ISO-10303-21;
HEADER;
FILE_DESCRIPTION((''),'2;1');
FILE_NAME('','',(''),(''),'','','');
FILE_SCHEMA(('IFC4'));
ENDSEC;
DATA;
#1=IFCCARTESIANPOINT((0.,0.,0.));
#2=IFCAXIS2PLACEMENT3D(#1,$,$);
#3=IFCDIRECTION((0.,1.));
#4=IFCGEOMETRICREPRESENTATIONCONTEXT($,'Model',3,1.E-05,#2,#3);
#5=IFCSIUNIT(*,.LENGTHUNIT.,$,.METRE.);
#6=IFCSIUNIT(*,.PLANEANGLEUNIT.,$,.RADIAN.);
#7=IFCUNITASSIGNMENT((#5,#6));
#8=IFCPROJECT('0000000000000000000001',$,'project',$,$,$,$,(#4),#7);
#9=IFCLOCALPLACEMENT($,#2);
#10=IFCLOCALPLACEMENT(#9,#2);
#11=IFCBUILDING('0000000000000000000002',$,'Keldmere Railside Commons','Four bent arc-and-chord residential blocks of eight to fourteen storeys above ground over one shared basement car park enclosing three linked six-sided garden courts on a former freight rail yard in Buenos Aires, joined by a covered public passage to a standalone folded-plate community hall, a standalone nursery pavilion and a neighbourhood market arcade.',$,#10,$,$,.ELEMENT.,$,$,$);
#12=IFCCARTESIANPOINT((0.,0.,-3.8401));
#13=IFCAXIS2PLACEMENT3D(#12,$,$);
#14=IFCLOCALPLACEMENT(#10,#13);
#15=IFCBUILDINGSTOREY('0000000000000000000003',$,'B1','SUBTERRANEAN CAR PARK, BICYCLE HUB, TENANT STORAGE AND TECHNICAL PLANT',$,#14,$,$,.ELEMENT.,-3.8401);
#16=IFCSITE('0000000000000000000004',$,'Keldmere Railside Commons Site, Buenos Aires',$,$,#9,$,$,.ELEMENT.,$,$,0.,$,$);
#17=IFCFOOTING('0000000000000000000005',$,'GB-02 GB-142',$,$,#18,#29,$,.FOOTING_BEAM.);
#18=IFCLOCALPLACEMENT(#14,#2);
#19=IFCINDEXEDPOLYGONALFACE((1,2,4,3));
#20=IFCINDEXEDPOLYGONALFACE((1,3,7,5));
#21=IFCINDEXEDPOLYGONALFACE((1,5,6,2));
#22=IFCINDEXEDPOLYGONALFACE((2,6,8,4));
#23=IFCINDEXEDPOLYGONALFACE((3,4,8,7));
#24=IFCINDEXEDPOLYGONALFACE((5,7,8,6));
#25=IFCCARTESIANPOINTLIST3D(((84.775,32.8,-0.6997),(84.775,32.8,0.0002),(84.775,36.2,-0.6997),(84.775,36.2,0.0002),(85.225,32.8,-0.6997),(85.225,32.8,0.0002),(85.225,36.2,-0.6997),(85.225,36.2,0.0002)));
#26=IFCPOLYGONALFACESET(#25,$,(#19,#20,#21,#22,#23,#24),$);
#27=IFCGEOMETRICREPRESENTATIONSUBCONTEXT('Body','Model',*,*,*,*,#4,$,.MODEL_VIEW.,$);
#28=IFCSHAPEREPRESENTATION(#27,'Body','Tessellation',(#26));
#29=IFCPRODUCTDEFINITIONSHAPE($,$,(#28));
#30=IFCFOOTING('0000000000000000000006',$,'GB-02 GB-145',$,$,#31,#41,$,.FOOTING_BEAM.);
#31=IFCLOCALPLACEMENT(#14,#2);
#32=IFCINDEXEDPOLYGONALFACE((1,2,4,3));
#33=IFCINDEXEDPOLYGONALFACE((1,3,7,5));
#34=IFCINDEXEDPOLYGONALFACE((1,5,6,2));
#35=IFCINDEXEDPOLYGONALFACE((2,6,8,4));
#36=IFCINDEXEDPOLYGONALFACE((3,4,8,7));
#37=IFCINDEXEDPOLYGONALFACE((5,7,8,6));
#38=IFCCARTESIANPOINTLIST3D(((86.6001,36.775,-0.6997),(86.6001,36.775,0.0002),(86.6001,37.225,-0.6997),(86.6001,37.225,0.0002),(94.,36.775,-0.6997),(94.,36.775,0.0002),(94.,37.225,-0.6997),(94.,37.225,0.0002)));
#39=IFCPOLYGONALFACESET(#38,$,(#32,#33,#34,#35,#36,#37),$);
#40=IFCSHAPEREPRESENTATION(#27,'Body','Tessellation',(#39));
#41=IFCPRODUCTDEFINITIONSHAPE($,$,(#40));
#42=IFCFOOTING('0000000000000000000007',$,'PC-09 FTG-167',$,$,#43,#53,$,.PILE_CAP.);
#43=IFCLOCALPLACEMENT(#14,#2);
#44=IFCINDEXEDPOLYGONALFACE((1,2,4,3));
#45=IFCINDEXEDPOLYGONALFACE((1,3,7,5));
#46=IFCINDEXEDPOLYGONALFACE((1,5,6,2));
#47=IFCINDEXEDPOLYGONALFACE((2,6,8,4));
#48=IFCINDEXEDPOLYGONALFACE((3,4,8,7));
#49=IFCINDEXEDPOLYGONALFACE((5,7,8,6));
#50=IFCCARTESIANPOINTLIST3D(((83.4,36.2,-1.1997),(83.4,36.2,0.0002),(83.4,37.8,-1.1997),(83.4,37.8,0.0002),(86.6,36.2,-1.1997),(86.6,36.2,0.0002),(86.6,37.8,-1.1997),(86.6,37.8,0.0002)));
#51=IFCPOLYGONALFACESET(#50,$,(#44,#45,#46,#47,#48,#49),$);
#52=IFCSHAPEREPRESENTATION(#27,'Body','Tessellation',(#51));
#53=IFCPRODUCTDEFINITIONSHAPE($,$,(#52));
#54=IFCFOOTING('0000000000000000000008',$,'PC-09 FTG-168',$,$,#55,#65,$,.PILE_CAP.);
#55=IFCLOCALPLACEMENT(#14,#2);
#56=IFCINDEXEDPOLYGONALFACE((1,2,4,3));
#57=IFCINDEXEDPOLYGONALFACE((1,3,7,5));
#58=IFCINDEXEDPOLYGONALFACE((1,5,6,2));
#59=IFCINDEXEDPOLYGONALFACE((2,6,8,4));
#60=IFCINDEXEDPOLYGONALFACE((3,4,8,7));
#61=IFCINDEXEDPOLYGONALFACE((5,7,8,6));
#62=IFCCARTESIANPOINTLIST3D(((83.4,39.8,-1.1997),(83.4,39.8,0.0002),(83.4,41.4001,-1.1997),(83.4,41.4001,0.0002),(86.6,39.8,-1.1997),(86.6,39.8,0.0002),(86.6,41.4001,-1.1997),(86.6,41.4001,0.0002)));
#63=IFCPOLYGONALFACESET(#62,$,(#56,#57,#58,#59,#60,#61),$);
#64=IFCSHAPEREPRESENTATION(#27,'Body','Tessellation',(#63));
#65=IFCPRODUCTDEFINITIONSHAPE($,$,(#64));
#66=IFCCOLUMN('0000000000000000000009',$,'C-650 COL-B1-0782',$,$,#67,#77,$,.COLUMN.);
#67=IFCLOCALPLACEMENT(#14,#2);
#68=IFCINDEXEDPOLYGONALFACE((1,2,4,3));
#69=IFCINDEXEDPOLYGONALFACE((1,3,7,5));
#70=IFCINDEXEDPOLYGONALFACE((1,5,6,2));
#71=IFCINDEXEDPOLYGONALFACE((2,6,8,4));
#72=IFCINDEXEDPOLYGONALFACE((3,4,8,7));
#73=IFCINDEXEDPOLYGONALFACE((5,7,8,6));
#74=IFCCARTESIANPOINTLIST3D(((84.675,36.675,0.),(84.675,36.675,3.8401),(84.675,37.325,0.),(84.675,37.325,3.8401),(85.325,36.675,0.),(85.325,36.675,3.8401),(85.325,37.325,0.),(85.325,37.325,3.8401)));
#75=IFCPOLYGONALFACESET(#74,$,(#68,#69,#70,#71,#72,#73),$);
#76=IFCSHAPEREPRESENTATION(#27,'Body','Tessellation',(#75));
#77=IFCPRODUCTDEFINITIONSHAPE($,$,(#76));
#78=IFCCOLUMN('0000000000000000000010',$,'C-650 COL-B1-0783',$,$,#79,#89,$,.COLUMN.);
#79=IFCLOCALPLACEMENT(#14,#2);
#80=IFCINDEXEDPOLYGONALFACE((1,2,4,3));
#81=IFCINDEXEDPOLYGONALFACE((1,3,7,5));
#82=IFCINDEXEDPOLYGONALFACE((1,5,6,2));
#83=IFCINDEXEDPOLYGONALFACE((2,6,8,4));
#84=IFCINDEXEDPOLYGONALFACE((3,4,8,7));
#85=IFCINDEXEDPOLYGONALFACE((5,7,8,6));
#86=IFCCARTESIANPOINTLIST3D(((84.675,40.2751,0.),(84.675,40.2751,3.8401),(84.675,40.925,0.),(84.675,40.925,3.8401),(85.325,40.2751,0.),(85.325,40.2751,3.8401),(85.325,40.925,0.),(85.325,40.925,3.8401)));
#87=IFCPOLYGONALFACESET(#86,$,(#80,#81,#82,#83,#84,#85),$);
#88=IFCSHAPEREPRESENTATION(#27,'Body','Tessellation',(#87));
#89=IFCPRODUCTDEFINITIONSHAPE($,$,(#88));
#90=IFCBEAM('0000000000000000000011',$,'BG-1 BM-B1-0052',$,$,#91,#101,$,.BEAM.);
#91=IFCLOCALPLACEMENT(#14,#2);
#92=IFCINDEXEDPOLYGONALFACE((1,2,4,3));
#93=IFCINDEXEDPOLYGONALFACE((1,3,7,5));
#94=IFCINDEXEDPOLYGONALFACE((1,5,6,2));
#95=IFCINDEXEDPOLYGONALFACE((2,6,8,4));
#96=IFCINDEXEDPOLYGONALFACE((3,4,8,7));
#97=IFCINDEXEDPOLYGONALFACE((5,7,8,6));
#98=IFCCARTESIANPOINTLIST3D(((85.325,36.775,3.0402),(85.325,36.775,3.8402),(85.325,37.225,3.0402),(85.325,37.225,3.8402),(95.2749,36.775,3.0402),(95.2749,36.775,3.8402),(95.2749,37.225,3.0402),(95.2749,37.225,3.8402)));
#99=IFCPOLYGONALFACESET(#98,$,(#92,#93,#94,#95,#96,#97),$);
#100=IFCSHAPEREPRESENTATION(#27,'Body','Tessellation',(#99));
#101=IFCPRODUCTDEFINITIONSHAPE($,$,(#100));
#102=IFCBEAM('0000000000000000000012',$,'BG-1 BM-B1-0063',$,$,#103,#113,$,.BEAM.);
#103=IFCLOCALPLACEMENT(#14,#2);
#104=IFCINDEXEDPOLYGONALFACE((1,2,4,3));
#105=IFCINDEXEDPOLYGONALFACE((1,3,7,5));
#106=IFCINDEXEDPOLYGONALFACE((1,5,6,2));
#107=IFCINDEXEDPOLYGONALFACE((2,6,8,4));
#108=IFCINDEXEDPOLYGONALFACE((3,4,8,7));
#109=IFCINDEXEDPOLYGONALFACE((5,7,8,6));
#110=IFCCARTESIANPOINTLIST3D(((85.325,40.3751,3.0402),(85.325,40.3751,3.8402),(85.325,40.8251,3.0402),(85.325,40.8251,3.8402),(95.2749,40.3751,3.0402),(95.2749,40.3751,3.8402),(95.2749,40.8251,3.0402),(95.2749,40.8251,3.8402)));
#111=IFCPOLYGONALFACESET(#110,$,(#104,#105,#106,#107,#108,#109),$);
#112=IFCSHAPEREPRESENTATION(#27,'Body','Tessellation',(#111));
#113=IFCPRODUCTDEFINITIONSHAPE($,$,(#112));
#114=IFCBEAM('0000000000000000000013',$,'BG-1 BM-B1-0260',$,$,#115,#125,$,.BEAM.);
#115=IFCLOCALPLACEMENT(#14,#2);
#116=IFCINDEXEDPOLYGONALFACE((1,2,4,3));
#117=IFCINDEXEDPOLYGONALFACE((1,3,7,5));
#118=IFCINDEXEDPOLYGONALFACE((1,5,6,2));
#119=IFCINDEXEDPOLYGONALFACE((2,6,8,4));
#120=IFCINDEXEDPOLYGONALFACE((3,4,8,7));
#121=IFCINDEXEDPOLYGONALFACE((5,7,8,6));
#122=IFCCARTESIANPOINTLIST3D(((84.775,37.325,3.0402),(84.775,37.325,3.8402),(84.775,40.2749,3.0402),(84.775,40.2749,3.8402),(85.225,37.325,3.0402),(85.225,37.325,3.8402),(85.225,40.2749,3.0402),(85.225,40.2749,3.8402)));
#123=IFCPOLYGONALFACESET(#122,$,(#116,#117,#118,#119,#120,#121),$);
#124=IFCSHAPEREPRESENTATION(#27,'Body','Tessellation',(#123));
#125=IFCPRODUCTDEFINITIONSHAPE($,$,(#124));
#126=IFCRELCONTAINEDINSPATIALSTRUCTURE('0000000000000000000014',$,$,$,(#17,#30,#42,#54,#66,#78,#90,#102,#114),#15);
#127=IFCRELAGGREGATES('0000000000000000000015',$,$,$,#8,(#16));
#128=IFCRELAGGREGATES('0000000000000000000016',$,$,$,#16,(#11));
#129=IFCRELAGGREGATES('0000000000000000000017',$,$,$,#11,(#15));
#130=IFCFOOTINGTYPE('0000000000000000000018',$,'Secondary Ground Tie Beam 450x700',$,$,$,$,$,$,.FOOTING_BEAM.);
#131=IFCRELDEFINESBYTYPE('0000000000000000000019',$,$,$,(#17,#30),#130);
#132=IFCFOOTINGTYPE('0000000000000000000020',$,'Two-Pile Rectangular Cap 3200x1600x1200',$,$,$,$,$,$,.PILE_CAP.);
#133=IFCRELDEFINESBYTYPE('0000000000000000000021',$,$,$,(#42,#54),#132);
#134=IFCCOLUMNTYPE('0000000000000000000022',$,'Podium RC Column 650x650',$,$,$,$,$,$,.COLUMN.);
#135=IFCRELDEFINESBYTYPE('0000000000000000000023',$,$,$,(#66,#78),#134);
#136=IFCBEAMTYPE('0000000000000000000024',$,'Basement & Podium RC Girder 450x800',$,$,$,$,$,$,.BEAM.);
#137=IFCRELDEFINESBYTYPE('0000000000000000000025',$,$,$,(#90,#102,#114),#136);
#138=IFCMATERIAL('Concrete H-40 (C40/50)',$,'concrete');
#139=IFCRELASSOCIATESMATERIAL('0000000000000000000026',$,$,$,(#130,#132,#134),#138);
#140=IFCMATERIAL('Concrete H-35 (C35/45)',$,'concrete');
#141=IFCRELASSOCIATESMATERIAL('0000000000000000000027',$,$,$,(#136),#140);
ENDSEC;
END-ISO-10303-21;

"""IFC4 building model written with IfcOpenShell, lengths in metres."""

from ifc_helpers import new_model, si_unit, direction, frame, origin, origin_2d, place, context, subcontext, project, spatial, rectangle, extrude, material, material_profile, profile_set, type_object, element, save


model = new_model("IFC4")

# Units and contexts
model_context = context("Model", 3, precision=1e-05, world=origin(), true_north=direction((0.0, 1.0)))
body_context = subcontext(model_context, "Body", "Model", "MODEL_VIEW")
ifc_project = project(units=[si_unit("LENGTHUNIT", "METRE"), si_unit("PLANEANGLEUNIT", "RADIAN")], contexts=[model_context])

# Site, building, storey
site_placement = place(None, origin())
site = spatial("IfcSite", under=ifc_project, at=site_placement, Name="Keldmere Railside Commons Site, Buenos Aires", CompositionType="ELEMENT", RefElevation=0.0)
building_placement = place(site_placement, origin())
building = spatial("IfcBuilding", under=site, at=building_placement, Name="Keldmere Railside Commons", Description="Four bent arc-and-chord residential blocks of eight to fourteen storeys above ground over one shared basement car park enclosing three linked six-sided garden courts on a former freight rail yard in Buenos Aires, joined by a covered public passage to a standalone folded-plate community hall, a standalone nursery pavilion and a neighbourhood market arcade.", CompositionType="ELEMENT")
storey_placement = place(building_placement, frame((0.0, 0.0, -3.8401)))
storey = spatial("IfcBuildingStorey", under=building, at=storey_placement, Name="B1", Description="SUBTERRANEAN CAR PARK, BICYCLE HUB, TENANT STORAGE AND TECHNICAL PLANT", CompositionType="ELEMENT", Elevation=-3.8401)

# Footings
ifc_material_1 = material(Name="Concrete H-40 (C40/50)", Category="concrete")
footing_type_1 = type_object("IfcFootingType", Name="Secondary Ground Tie Beam 450x700", PredefinedType="FOOTING_BEAM", material=ifc_material_1)
footing_1_placement = place(storey_placement, frame((85.0, 34.5, -0.6997), z_axis=(0.0, 0.0, 1.0), x_axis=(0.0, 1.0, 0.0)))
element("IfcFooting", 1, at=footing_1_placement, inside=storey, type_object=footing_type_1, Name="GB-02 GB-142", PredefinedType="FOOTING_BEAM", context=body_context, shape_type="SweptSolid", body=[
    extrude(rectangle(XDim=3.3999, YDim=0.45, at=origin_2d()), origin(), (0.0, 0.0, 1.0), 0.7),
])
footing_2_placement = place(storey_placement, frame((90.3, 37.0, -0.6997), z_axis=(0.0, 0.0, 1.0), x_axis=(1.0, 0.0, 0.0)))
element("IfcFooting", 2, at=footing_2_placement, inside=storey, type_object=footing_type_1, Name="GB-02 GB-145", PredefinedType="FOOTING_BEAM", context=body_context, shape_type="SweptSolid", body=[
    extrude(rectangle(XDim=7.3999, YDim=0.45, at=origin_2d()), origin(), (0.0, 0.0, 1.0), 0.7),
])
footing_type_2 = type_object("IfcFootingType", Name="Two-Pile Rectangular Cap 3200x1600x1200", PredefinedType="PILE_CAP", material=ifc_material_1)
for number, where, z_axis, x_axis, name in (
    (3, (85.0, 37.0, -1.1997), (0.0, 0.0, 1.0), (1.0, 0.0, 0.0), "PC-09 FTG-167"),
    (4, (85.0, 40.6001, -1.1997), (0.0, 0.0, 1.0), (1.0, 0.0, 0.0), "PC-09 FTG-168"),
):
    element("IfcFooting", number, at=place(storey_placement, frame(where, z_axis=z_axis, x_axis=x_axis)), inside=storey, type_object=footing_type_2, Name=name, PredefinedType="PILE_CAP", context=body_context, shape_type="SweptSolid", body=[
        extrude(rectangle(XDim=3.2, YDim=1.6001, at=origin_2d()), origin(), (0.0, 0.0, 1.0), 1.2),
    ])

# Columns
ifc_material_profile_1 = material_profile(ifc_material_1, rectangle(XDim=0.6499, YDim=0.6499, at=origin_2d()), Name="RC-650x650")
ifc_profile_set_1 = profile_set([ifc_material_profile_1], Name="Concrete H-40 (C40/50)")
column_type = type_object("IfcColumnType", Name="Podium RC Column 650x650", PredefinedType="COLUMN", material=ifc_profile_set_1)
for number, where, z_axis, x_axis, name in (
    (5, (85.0, 37.0, 0.0), (0.0, 0.0, 1.0), (1.0, 0.0, 0.0), "C-650 COL-B1-0782"),
    (6, (85.0, 40.6001, 0.0), (0.0, 0.0, 1.0), (1.0, 0.0, 0.0), "C-650 COL-B1-0783"),
):
    element("IfcColumn", number, at=place(storey_placement, frame(where, z_axis=z_axis, x_axis=x_axis)), inside=storey, type_object=column_type, Name=name, PredefinedType="COLUMN", context=body_context, shape_type="SweptSolid", body=[
        extrude(rectangle(XDim=0.6499, YDim=0.6499, at=origin_2d()), origin(), (0.0, 0.0, 1.0), 3.8401),
    ])

# Beams
ifc_material_2 = material(Name="Concrete H-35 (C35/45)", Category="concrete")
ifc_material_profile_2 = material_profile(ifc_material_2, rectangle(XDim=0.45, YDim=0.8, at=origin_2d()), Name="RC-450x800")
ifc_profile_set_2 = profile_set([ifc_material_profile_2], Name="Concrete H-35 (C35/45)")
beam_type = type_object("IfcBeamType", Name="Basement & Podium RC Girder 450x800", PredefinedType="BEAM", material=ifc_profile_set_2)
for number, where, z_axis, x_axis, name in (
    (7, (85.325, 37.0, 3.4402), (1.0, 0.0, 0.0), (0.0, 1.0, 0.0), "BG-1 BM-B1-0052"),
    (8, (85.325, 40.6001, 3.4402), (1.0, 0.0, 0.0), (0.0, 1.0, 0.0), "BG-1 BM-B1-0063"),
):
    element("IfcBeam", number, at=place(storey_placement, frame(where, z_axis=z_axis, x_axis=x_axis)), inside=storey, type_object=beam_type, Name=name, PredefinedType="BEAM", context=body_context, shape_type="SweptSolid", body=[
        extrude(rectangle(XDim=0.45, YDim=0.8, at=origin_2d()), origin(), (0.0, 0.0, 1.0), 9.95),
    ])
beam_placement = place(storey_placement, frame((85.0, 37.325, 3.4402), z_axis=(0.0, 1.0, 0.0), x_axis=(-1.0, 0.0, 0.0)))
element("IfcBeam", 9, at=beam_placement, inside=storey, type_object=beam_type, Name="BG-1 BM-B1-0260", PredefinedType="BEAM", context=body_context, shape_type="SweptSolid", body=[
    extrude(rectangle(XDim=0.45, YDim=0.8, at=origin_2d()), origin(), (0.0, 0.0, 1.0), 2.95),
])

save(model, "model.ifc")
